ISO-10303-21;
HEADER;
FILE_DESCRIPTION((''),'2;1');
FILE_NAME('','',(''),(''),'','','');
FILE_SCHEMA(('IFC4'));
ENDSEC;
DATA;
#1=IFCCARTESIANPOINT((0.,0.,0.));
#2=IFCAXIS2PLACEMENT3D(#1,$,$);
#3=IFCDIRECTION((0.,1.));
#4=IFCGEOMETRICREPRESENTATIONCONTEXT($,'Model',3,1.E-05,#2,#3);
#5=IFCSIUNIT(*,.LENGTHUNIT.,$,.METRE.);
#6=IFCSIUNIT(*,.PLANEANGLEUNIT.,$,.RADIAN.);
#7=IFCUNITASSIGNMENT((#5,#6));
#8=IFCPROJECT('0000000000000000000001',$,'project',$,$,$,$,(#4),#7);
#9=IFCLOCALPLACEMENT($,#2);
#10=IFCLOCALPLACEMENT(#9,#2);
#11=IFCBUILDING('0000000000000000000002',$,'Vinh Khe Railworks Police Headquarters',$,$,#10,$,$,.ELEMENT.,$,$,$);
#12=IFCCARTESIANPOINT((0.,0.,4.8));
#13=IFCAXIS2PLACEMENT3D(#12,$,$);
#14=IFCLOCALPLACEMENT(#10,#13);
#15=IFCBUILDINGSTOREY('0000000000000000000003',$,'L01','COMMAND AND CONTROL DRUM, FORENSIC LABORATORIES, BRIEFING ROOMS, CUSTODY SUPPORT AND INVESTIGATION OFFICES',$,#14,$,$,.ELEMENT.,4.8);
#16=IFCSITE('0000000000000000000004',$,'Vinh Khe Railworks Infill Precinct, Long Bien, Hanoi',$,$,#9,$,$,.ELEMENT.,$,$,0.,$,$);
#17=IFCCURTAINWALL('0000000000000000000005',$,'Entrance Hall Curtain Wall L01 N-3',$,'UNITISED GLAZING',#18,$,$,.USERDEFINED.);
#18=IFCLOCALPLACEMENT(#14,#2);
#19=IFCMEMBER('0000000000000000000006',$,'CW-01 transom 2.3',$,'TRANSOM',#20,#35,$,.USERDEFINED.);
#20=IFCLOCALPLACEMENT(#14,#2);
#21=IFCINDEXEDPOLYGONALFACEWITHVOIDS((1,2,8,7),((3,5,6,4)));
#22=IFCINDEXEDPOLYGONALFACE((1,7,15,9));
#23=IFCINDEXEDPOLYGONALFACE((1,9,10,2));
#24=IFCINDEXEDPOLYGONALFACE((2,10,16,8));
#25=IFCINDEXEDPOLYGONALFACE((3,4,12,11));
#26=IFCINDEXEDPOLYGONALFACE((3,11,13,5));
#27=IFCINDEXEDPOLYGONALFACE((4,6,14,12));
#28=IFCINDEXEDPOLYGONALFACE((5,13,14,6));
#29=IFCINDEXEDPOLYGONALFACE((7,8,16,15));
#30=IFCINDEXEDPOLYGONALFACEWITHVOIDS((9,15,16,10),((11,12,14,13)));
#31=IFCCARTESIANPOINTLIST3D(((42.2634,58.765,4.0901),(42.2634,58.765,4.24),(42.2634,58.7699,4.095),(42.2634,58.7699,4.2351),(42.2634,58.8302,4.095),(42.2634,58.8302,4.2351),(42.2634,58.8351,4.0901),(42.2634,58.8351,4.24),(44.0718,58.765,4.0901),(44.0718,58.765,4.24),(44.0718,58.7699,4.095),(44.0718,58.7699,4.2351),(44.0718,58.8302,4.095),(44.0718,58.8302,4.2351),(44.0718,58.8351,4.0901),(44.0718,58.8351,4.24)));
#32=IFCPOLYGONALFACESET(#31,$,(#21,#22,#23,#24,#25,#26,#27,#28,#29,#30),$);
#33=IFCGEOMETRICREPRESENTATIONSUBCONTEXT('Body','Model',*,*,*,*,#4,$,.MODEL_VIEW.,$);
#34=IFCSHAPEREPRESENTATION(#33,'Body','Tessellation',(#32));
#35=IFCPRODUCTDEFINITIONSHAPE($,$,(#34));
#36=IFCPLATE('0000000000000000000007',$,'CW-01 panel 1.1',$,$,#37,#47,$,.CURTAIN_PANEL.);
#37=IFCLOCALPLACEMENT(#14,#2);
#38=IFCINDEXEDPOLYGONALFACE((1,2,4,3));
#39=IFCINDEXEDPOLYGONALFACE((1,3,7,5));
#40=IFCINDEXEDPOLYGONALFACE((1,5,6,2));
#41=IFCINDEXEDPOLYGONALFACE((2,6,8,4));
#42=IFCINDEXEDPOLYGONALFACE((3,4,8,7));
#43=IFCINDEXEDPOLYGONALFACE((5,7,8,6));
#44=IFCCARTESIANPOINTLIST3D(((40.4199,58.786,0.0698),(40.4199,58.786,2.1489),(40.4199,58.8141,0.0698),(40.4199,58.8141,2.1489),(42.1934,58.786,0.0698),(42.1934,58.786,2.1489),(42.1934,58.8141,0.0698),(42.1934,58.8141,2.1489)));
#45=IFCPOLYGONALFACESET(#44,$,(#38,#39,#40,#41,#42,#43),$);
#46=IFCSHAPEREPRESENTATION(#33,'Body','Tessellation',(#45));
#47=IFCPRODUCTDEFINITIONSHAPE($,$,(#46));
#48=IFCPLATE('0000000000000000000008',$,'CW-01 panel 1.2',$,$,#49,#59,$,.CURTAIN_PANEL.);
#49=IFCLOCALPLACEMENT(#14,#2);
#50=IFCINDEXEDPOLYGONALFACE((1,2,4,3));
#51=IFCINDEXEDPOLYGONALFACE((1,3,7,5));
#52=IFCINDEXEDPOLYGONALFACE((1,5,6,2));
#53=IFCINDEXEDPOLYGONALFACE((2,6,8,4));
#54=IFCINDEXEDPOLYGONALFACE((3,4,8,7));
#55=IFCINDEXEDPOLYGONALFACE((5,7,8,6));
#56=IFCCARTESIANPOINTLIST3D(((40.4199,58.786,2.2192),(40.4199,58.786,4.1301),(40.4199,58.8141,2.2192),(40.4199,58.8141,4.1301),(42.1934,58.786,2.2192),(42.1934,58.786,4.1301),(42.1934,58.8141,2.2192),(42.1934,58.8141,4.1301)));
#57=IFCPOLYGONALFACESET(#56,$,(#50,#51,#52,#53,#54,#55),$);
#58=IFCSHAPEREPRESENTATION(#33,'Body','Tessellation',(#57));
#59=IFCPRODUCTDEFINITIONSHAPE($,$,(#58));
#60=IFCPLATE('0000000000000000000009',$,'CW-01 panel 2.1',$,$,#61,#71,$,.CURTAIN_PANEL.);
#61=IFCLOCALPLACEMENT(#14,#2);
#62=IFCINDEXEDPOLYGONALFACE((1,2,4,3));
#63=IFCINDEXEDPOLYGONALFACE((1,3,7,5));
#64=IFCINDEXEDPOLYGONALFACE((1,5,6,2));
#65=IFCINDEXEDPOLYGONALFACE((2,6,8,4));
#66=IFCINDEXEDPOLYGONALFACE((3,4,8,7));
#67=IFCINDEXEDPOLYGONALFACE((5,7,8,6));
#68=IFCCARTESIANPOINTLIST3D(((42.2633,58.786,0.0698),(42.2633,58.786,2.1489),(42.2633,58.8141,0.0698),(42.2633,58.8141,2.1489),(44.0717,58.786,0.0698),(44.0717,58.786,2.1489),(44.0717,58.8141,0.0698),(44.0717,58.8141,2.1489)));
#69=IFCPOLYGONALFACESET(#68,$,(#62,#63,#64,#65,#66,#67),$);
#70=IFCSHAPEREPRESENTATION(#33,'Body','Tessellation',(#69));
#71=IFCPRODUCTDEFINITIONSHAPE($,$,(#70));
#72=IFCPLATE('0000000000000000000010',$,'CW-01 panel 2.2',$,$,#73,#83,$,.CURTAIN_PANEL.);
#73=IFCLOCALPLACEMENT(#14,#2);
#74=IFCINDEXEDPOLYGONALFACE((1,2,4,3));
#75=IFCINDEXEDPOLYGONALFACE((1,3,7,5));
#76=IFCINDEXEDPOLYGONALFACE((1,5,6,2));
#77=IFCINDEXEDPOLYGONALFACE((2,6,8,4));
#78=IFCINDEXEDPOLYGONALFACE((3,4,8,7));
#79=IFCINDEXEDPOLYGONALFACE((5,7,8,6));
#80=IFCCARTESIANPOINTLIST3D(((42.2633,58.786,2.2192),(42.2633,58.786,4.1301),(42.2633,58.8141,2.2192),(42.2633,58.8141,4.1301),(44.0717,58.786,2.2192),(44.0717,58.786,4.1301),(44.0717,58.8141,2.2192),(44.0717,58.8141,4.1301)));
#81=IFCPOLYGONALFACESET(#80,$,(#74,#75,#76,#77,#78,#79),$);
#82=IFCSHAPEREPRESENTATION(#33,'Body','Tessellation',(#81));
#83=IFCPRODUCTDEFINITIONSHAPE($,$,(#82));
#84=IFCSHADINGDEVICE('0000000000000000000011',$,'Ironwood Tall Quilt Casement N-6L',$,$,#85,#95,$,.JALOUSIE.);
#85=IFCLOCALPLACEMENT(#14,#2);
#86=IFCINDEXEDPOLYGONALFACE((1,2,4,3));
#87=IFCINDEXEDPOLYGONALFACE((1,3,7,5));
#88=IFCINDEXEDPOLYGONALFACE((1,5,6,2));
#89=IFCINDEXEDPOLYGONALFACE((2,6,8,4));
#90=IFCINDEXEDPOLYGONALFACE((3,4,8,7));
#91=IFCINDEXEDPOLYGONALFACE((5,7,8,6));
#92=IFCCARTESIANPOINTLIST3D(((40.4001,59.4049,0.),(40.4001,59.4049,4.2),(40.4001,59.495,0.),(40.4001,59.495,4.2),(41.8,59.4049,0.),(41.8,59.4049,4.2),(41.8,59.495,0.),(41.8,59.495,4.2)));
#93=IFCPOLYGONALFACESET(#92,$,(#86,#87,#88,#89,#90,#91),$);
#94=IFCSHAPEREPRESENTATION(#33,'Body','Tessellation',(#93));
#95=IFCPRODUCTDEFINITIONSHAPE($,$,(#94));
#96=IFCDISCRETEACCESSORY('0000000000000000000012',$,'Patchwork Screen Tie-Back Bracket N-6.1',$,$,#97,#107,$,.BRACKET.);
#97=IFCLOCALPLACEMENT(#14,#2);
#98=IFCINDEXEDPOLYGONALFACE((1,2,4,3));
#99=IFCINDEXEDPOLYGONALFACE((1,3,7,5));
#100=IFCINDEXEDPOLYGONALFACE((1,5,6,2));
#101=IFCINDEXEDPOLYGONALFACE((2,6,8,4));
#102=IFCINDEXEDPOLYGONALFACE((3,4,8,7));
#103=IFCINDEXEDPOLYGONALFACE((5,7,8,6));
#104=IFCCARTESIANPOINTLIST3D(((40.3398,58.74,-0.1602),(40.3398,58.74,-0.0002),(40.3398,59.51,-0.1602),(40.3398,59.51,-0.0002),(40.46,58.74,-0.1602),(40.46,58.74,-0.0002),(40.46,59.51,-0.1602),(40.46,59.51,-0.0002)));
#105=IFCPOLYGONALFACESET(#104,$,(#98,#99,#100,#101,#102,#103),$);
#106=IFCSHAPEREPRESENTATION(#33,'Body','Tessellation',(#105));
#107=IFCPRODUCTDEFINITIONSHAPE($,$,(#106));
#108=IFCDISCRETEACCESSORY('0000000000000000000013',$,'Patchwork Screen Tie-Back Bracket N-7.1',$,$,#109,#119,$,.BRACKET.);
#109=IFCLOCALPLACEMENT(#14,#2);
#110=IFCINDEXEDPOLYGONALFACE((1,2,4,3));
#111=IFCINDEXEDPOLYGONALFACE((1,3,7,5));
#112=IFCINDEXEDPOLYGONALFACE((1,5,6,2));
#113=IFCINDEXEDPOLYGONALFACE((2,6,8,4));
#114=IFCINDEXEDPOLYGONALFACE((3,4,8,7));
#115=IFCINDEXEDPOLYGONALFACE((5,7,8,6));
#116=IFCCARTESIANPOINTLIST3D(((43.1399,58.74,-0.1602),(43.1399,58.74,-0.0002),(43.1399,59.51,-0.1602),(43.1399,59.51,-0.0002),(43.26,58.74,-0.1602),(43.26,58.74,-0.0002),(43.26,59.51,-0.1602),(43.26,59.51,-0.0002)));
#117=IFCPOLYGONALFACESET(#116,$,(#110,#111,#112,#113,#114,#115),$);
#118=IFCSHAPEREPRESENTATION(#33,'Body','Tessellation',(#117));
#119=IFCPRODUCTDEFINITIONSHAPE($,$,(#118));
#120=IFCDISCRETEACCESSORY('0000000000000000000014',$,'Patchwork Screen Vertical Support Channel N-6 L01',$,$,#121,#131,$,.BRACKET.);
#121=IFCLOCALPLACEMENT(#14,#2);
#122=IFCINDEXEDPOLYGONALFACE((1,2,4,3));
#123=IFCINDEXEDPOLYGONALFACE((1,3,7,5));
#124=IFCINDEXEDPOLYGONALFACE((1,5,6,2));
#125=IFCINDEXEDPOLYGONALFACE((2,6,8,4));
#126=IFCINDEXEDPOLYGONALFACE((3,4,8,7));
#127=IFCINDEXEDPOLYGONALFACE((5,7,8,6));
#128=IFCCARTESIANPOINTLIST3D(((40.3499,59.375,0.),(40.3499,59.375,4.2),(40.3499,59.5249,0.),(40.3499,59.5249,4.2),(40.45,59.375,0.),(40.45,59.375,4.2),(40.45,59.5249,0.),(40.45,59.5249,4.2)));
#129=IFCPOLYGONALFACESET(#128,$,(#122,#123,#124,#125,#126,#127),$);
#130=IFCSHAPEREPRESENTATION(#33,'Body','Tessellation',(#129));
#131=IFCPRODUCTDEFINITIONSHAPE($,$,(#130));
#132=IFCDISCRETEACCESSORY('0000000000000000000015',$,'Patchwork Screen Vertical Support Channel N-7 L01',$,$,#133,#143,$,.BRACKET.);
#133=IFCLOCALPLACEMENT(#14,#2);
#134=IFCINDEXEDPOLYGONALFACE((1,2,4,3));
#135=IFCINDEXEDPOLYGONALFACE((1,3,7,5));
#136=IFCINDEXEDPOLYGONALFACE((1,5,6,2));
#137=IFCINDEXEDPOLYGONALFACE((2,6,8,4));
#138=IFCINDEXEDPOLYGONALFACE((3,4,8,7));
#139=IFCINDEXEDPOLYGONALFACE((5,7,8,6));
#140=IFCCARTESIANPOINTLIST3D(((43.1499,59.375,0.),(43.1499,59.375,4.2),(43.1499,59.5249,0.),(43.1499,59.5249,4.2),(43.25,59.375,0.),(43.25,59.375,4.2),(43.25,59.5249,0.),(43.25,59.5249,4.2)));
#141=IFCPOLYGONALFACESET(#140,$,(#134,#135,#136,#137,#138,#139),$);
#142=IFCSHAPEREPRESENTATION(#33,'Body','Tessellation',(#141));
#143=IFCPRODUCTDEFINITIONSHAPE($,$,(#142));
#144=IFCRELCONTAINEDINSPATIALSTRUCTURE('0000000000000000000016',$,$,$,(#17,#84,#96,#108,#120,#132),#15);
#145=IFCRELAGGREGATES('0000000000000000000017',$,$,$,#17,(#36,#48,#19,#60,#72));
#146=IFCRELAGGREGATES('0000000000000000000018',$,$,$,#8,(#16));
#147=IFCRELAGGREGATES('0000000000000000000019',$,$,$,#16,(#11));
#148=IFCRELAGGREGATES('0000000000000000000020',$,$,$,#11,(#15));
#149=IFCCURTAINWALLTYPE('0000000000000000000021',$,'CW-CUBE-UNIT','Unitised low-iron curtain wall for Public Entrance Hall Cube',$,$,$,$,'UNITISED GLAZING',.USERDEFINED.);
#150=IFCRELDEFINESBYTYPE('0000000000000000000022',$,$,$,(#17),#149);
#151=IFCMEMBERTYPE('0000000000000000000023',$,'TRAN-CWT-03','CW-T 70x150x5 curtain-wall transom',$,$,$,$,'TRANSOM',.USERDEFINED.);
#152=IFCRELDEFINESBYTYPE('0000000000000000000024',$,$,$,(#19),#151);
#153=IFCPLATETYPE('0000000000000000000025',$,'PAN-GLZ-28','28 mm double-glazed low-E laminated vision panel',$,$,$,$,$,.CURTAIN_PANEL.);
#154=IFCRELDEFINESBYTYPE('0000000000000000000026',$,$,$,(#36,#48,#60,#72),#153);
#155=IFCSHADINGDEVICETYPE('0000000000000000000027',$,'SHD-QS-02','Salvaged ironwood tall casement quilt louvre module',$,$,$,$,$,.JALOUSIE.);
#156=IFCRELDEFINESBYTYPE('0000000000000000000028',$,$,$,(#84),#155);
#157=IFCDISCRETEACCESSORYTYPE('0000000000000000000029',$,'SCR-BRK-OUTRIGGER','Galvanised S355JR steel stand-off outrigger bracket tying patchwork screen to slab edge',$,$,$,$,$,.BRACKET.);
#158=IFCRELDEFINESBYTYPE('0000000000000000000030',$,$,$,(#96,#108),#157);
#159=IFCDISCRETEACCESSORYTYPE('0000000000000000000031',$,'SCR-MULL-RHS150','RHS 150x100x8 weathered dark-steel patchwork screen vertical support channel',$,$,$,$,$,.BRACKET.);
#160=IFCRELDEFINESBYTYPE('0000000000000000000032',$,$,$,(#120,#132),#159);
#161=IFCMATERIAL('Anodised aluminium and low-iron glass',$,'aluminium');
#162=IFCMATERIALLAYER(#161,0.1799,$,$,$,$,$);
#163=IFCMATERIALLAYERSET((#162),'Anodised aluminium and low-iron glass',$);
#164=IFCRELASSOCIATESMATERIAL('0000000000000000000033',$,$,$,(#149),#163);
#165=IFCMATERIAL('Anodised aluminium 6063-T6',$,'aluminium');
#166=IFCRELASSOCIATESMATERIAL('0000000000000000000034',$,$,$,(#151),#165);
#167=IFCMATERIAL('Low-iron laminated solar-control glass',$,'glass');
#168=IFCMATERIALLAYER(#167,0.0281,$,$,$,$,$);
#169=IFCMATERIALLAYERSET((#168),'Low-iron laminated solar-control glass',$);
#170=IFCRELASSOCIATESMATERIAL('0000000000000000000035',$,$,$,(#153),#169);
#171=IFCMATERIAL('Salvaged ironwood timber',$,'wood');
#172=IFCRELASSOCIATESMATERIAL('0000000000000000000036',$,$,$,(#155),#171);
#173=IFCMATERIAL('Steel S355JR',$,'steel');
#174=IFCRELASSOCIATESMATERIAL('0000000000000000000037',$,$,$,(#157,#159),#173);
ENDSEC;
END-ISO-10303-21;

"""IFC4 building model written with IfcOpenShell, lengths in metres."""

from ifc_helpers import new_model, si_unit, direction, frame, origin, origin_2d, place, context, subcontext, project, spatial, rectangle, hollow_rectangle, extrude, material, layer, layer_set, material_profile, profile_set, type_object, element, aggregate, save


model = new_model("IFC4")

# Units and contexts
model_context = context("Model", 3, precision=1e-05, world=origin(), true_north=direction((0.0, 1.0)))
body_context = subcontext(model_context, "Body", "Model", "MODEL_VIEW")
ifc_project = project(units=[si_unit("LENGTHUNIT", "METRE"), si_unit("PLANEANGLEUNIT", "RADIAN")], contexts=[model_context])

# Site, building, storey
site_placement = place(None, origin())
site = spatial("IfcSite", under=ifc_project, at=site_placement, Name="Vinh Khe Railworks Infill Precinct, Long Bien, Hanoi", CompositionType="ELEMENT", RefElevation=0.0)
building_placement = place(site_placement, origin())
building = spatial("IfcBuilding", under=site, at=building_placement, Name="Vinh Khe Railworks Police Headquarters", CompositionType="ELEMENT")
storey_placement = place(building_placement, frame((0.0, 0.0, 4.8)))
storey = spatial("IfcBuildingStorey", under=building, at=storey_placement, Name="L01", Description="COMMAND AND CONTROL DRUM, FORENSIC LABORATORIES, BRIEFING ROOMS, CUSTODY SUPPORT AND INVESTIGATION OFFICES", CompositionType="ELEMENT", Elevation=4.8)

# Shared definitions
ifc_material_1 = material(Name="Steel S355JR", Category="steel")

# Shared definitions
ifc_material_2 = material(Name="Salvaged ironwood timber", Category="wood")

# Curtain wall, member, plates
ifc_material_3 = material(Name="Anodised aluminium and low-iron glass", Category="aluminium")
ifc_layer_1 = layer(ifc_material_3, 0.1799)
ifc_layer_set_1 = layer_set([ifc_layer_1], Name="Anodised aluminium and low-iron glass")
curtain_wall_type = type_object("IfcCurtainWallType", Name="CW-CUBE-UNIT", Description="Unitised low-iron curtain wall for Public Entrance Hall Cube", ElementType="UNITISED GLAZING", PredefinedType="USERDEFINED", material=ifc_layer_set_1)
curtain_wall_placement = place(storey_placement, origin())
curtain_wall = element("IfcCurtainWall", 1, at=curtain_wall_placement, inside=storey, type_object=curtain_wall_type, Name="Entrance Hall Curtain Wall L01 N-3", ObjectType="UNITISED GLAZING", PredefinedType="USERDEFINED")
ifc_material_4 = material(Name="Anodised aluminium 6063-T6", Category="aluminium")
ifc_material_profile_1 = material_profile(ifc_material_4, hollow_rectangle(XDim=0.0701, YDim=0.1499, WallThickness=0.0049, at=origin_2d()), Name="CW-T 70x150x5")
ifc_profile_set_1 = profile_set([ifc_material_profile_1], Name="Anodised aluminium 6063-T6")
member_type_1 = type_object("IfcMemberType", Name="TRAN-CWT-03", Description="CW-T 70x150x5 curtain-wall transom", ElementType="TRANSOM", PredefinedType="USERDEFINED", material=ifc_profile_set_1)
member_1_placement = place(storey_placement, frame((42.2634, 58.8, 4.165), z_axis=(1.0, 0.0, 0.0), x_axis=(0.0, 1.0, 0.0)))
member_1 = element("IfcMember", 2, at=member_1_placement, type_object=member_type_1, Name="CW-01 transom 2.3", ObjectType="TRANSOM", PredefinedType="USERDEFINED", context=body_context, shape_type="SweptSolid", body=[
    extrude(hollow_rectangle(XDim=0.0701, YDim=0.1499, WallThickness=0.0049, at=origin_2d()), origin(), (0.0, 0.0, 1.0), 1.8083),
])
ifc_material_5 = material(Name="Low-iron laminated solar-control glass", Category="glass")
ifc_layer_2 = layer(ifc_material_5, 0.0281)
ifc_layer_set_2 = layer_set([ifc_layer_2], Name="Low-iron laminated solar-control glass")
plate_type = type_object("IfcPlateType", Name="PAN-GLZ-28", Description="28 mm double-glazed low-E laminated vision panel", PredefinedType="CURTAIN_PANEL", material=ifc_layer_set_2)
plate_1_placement = place(storey_placement, frame((41.3066, 58.8, 0.0698), z_axis=(0.0, 0.0, 1.0), x_axis=(1.0, 0.0, 0.0)))
plate_1 = element("IfcPlate", 3, at=plate_1_placement, type_object=plate_type, Name="CW-01 panel 1.1", PredefinedType="CURTAIN_PANEL", context=body_context, shape_type="SweptSolid", body=[
    extrude(rectangle(XDim=1.7734, YDim=0.0281, at=origin_2d()), origin(), (0.0, 0.0, 1.0), 2.0791),
])
plate_2_placement = place(storey_placement, frame((41.3066, 58.8, 2.2192), z_axis=(0.0, 0.0, 1.0), x_axis=(1.0, 0.0, 0.0)))
plate_2 = element("IfcPlate", 4, at=plate_2_placement, type_object=plate_type, Name="CW-01 panel 1.2", PredefinedType="CURTAIN_PANEL", context=body_context, shape_type="SweptSolid", body=[
    extrude(rectangle(XDim=1.7734, YDim=0.0281, at=origin_2d()), origin(), (0.0, 0.0, 1.0), 1.9109),
])
plate_3_placement = place(storey_placement, frame((43.1675, 58.8, 0.0698), z_axis=(0.0, 0.0, 1.0), x_axis=(1.0, 0.0, 0.0)))
plate_3 = element("IfcPlate", 5, at=plate_3_placement, type_object=plate_type, Name="CW-01 panel 2.1", PredefinedType="CURTAIN_PANEL", context=body_context, shape_type="SweptSolid", body=[
    extrude(rectangle(XDim=1.8083, YDim=0.0281, at=origin_2d()), origin(), (0.0, 0.0, 1.0), 2.0791),
])
plate_4_placement = place(storey_placement, frame((43.1675, 58.8, 2.2192), z_axis=(0.0, 0.0, 1.0), x_axis=(1.0, 0.0, 0.0)))
plate_4 = element("IfcPlate", 6, at=plate_4_placement, type_object=plate_type, Name="CW-01 panel 2.2", PredefinedType="CURTAIN_PANEL", context=body_context, shape_type="SweptSolid", body=[
    extrude(rectangle(XDim=1.8083, YDim=0.0281, at=origin_2d()), origin(), (0.0, 0.0, 1.0), 1.9109),
])
aggregate(curtain_wall, [plate_1, plate_2, member_1, plate_3, plate_4])

# Shading device
shading_device_type = type_object("IfcShadingDeviceType", Name="SHD-QS-02", Description="Salvaged ironwood tall casement quilt louvre module", PredefinedType="JALOUSIE", material=ifc_material_2)
shading_device_placement = place(storey_placement, frame((41.1001, 59.45, 0.0), z_axis=(0.0, 0.0, 1.0), x_axis=(1.0, 0.0, 0.0)))
element("IfcShadingDevice", 7, at=shading_device_placement, inside=storey, type_object=shading_device_type, Name="Ironwood Tall Quilt Casement N-6L", PredefinedType="JALOUSIE", context=body_context, shape_type="SweptSolid", body=[
    extrude(rectangle(XDim=1.3999, YDim=0.0901, at=origin_2d()), origin(), (0.0, 0.0, 1.0), 4.2),
])

# Discrete accessories
discrete_accessory_type_1 = type_object("IfcDiscreteAccessoryType", Name="SCR-BRK-OUTRIGGER", Description="Galvanised S355JR steel stand-off outrigger bracket tying patchwork screen to slab edge", PredefinedType="BRACKET", material=ifc_material_1)
for number, where, z_axis, x_axis, name in (
    (8, (40.3999, 59.125, -0.1602), (0.0, 0.0, 1.0), (1.0, 0.0, 0.0), "Patchwork Screen Tie-Back Bracket N-6.1"),
    (9, (43.2, 59.125, -0.1602), (0.0, 0.0, 1.0), (1.0, 0.0, 0.0), "Patchwork Screen Tie-Back Bracket N-7.1"),
):
    element("IfcDiscreteAccessory", number, at=place(storey_placement, frame(where, z_axis=z_axis, x_axis=x_axis)), inside=storey, type_object=discrete_accessory_type_1, Name=name, PredefinedType="BRACKET", context=body_context, shape_type="SweptSolid", body=[
        extrude(rectangle(XDim=0.1201, YDim=0.77, at=origin_2d()), origin(), (0.0, 0.0, 1.0), 0.1599),
    ])
discrete_accessory_type_2 = type_object("IfcDiscreteAccessoryType", Name="SCR-MULL-RHS150", Description="RHS 150x100x8 weathered dark-steel patchwork screen vertical support channel", PredefinedType="BRACKET", material=ifc_material_1)
for number, where, z_axis, x_axis, name in (
    (10, (40.3999, 59.45, 0.0), (0.0, 0.0, 1.0), (1.0, 0.0, 0.0), "Patchwork Screen Vertical Support Channel N-6 L01"),
    (11, (43.2, 59.45, 0.0), (0.0, 0.0, 1.0), (1.0, 0.0, 0.0), "Patchwork Screen Vertical Support Channel N-7 L01"),
):
    element("IfcDiscreteAccessory", number, at=place(storey_placement, frame(where, z_axis=z_axis, x_axis=x_axis)), inside=storey, type_object=discrete_accessory_type_2, Name=name, PredefinedType="BRACKET", context=body_context, shape_type="SweptSolid", body=[
        extrude(rectangle(XDim=0.1001, YDim=0.1499, at=origin_2d()), origin(), (0.0, 0.0, 1.0), 4.2),
    ])

save(model, "model.ifc")
